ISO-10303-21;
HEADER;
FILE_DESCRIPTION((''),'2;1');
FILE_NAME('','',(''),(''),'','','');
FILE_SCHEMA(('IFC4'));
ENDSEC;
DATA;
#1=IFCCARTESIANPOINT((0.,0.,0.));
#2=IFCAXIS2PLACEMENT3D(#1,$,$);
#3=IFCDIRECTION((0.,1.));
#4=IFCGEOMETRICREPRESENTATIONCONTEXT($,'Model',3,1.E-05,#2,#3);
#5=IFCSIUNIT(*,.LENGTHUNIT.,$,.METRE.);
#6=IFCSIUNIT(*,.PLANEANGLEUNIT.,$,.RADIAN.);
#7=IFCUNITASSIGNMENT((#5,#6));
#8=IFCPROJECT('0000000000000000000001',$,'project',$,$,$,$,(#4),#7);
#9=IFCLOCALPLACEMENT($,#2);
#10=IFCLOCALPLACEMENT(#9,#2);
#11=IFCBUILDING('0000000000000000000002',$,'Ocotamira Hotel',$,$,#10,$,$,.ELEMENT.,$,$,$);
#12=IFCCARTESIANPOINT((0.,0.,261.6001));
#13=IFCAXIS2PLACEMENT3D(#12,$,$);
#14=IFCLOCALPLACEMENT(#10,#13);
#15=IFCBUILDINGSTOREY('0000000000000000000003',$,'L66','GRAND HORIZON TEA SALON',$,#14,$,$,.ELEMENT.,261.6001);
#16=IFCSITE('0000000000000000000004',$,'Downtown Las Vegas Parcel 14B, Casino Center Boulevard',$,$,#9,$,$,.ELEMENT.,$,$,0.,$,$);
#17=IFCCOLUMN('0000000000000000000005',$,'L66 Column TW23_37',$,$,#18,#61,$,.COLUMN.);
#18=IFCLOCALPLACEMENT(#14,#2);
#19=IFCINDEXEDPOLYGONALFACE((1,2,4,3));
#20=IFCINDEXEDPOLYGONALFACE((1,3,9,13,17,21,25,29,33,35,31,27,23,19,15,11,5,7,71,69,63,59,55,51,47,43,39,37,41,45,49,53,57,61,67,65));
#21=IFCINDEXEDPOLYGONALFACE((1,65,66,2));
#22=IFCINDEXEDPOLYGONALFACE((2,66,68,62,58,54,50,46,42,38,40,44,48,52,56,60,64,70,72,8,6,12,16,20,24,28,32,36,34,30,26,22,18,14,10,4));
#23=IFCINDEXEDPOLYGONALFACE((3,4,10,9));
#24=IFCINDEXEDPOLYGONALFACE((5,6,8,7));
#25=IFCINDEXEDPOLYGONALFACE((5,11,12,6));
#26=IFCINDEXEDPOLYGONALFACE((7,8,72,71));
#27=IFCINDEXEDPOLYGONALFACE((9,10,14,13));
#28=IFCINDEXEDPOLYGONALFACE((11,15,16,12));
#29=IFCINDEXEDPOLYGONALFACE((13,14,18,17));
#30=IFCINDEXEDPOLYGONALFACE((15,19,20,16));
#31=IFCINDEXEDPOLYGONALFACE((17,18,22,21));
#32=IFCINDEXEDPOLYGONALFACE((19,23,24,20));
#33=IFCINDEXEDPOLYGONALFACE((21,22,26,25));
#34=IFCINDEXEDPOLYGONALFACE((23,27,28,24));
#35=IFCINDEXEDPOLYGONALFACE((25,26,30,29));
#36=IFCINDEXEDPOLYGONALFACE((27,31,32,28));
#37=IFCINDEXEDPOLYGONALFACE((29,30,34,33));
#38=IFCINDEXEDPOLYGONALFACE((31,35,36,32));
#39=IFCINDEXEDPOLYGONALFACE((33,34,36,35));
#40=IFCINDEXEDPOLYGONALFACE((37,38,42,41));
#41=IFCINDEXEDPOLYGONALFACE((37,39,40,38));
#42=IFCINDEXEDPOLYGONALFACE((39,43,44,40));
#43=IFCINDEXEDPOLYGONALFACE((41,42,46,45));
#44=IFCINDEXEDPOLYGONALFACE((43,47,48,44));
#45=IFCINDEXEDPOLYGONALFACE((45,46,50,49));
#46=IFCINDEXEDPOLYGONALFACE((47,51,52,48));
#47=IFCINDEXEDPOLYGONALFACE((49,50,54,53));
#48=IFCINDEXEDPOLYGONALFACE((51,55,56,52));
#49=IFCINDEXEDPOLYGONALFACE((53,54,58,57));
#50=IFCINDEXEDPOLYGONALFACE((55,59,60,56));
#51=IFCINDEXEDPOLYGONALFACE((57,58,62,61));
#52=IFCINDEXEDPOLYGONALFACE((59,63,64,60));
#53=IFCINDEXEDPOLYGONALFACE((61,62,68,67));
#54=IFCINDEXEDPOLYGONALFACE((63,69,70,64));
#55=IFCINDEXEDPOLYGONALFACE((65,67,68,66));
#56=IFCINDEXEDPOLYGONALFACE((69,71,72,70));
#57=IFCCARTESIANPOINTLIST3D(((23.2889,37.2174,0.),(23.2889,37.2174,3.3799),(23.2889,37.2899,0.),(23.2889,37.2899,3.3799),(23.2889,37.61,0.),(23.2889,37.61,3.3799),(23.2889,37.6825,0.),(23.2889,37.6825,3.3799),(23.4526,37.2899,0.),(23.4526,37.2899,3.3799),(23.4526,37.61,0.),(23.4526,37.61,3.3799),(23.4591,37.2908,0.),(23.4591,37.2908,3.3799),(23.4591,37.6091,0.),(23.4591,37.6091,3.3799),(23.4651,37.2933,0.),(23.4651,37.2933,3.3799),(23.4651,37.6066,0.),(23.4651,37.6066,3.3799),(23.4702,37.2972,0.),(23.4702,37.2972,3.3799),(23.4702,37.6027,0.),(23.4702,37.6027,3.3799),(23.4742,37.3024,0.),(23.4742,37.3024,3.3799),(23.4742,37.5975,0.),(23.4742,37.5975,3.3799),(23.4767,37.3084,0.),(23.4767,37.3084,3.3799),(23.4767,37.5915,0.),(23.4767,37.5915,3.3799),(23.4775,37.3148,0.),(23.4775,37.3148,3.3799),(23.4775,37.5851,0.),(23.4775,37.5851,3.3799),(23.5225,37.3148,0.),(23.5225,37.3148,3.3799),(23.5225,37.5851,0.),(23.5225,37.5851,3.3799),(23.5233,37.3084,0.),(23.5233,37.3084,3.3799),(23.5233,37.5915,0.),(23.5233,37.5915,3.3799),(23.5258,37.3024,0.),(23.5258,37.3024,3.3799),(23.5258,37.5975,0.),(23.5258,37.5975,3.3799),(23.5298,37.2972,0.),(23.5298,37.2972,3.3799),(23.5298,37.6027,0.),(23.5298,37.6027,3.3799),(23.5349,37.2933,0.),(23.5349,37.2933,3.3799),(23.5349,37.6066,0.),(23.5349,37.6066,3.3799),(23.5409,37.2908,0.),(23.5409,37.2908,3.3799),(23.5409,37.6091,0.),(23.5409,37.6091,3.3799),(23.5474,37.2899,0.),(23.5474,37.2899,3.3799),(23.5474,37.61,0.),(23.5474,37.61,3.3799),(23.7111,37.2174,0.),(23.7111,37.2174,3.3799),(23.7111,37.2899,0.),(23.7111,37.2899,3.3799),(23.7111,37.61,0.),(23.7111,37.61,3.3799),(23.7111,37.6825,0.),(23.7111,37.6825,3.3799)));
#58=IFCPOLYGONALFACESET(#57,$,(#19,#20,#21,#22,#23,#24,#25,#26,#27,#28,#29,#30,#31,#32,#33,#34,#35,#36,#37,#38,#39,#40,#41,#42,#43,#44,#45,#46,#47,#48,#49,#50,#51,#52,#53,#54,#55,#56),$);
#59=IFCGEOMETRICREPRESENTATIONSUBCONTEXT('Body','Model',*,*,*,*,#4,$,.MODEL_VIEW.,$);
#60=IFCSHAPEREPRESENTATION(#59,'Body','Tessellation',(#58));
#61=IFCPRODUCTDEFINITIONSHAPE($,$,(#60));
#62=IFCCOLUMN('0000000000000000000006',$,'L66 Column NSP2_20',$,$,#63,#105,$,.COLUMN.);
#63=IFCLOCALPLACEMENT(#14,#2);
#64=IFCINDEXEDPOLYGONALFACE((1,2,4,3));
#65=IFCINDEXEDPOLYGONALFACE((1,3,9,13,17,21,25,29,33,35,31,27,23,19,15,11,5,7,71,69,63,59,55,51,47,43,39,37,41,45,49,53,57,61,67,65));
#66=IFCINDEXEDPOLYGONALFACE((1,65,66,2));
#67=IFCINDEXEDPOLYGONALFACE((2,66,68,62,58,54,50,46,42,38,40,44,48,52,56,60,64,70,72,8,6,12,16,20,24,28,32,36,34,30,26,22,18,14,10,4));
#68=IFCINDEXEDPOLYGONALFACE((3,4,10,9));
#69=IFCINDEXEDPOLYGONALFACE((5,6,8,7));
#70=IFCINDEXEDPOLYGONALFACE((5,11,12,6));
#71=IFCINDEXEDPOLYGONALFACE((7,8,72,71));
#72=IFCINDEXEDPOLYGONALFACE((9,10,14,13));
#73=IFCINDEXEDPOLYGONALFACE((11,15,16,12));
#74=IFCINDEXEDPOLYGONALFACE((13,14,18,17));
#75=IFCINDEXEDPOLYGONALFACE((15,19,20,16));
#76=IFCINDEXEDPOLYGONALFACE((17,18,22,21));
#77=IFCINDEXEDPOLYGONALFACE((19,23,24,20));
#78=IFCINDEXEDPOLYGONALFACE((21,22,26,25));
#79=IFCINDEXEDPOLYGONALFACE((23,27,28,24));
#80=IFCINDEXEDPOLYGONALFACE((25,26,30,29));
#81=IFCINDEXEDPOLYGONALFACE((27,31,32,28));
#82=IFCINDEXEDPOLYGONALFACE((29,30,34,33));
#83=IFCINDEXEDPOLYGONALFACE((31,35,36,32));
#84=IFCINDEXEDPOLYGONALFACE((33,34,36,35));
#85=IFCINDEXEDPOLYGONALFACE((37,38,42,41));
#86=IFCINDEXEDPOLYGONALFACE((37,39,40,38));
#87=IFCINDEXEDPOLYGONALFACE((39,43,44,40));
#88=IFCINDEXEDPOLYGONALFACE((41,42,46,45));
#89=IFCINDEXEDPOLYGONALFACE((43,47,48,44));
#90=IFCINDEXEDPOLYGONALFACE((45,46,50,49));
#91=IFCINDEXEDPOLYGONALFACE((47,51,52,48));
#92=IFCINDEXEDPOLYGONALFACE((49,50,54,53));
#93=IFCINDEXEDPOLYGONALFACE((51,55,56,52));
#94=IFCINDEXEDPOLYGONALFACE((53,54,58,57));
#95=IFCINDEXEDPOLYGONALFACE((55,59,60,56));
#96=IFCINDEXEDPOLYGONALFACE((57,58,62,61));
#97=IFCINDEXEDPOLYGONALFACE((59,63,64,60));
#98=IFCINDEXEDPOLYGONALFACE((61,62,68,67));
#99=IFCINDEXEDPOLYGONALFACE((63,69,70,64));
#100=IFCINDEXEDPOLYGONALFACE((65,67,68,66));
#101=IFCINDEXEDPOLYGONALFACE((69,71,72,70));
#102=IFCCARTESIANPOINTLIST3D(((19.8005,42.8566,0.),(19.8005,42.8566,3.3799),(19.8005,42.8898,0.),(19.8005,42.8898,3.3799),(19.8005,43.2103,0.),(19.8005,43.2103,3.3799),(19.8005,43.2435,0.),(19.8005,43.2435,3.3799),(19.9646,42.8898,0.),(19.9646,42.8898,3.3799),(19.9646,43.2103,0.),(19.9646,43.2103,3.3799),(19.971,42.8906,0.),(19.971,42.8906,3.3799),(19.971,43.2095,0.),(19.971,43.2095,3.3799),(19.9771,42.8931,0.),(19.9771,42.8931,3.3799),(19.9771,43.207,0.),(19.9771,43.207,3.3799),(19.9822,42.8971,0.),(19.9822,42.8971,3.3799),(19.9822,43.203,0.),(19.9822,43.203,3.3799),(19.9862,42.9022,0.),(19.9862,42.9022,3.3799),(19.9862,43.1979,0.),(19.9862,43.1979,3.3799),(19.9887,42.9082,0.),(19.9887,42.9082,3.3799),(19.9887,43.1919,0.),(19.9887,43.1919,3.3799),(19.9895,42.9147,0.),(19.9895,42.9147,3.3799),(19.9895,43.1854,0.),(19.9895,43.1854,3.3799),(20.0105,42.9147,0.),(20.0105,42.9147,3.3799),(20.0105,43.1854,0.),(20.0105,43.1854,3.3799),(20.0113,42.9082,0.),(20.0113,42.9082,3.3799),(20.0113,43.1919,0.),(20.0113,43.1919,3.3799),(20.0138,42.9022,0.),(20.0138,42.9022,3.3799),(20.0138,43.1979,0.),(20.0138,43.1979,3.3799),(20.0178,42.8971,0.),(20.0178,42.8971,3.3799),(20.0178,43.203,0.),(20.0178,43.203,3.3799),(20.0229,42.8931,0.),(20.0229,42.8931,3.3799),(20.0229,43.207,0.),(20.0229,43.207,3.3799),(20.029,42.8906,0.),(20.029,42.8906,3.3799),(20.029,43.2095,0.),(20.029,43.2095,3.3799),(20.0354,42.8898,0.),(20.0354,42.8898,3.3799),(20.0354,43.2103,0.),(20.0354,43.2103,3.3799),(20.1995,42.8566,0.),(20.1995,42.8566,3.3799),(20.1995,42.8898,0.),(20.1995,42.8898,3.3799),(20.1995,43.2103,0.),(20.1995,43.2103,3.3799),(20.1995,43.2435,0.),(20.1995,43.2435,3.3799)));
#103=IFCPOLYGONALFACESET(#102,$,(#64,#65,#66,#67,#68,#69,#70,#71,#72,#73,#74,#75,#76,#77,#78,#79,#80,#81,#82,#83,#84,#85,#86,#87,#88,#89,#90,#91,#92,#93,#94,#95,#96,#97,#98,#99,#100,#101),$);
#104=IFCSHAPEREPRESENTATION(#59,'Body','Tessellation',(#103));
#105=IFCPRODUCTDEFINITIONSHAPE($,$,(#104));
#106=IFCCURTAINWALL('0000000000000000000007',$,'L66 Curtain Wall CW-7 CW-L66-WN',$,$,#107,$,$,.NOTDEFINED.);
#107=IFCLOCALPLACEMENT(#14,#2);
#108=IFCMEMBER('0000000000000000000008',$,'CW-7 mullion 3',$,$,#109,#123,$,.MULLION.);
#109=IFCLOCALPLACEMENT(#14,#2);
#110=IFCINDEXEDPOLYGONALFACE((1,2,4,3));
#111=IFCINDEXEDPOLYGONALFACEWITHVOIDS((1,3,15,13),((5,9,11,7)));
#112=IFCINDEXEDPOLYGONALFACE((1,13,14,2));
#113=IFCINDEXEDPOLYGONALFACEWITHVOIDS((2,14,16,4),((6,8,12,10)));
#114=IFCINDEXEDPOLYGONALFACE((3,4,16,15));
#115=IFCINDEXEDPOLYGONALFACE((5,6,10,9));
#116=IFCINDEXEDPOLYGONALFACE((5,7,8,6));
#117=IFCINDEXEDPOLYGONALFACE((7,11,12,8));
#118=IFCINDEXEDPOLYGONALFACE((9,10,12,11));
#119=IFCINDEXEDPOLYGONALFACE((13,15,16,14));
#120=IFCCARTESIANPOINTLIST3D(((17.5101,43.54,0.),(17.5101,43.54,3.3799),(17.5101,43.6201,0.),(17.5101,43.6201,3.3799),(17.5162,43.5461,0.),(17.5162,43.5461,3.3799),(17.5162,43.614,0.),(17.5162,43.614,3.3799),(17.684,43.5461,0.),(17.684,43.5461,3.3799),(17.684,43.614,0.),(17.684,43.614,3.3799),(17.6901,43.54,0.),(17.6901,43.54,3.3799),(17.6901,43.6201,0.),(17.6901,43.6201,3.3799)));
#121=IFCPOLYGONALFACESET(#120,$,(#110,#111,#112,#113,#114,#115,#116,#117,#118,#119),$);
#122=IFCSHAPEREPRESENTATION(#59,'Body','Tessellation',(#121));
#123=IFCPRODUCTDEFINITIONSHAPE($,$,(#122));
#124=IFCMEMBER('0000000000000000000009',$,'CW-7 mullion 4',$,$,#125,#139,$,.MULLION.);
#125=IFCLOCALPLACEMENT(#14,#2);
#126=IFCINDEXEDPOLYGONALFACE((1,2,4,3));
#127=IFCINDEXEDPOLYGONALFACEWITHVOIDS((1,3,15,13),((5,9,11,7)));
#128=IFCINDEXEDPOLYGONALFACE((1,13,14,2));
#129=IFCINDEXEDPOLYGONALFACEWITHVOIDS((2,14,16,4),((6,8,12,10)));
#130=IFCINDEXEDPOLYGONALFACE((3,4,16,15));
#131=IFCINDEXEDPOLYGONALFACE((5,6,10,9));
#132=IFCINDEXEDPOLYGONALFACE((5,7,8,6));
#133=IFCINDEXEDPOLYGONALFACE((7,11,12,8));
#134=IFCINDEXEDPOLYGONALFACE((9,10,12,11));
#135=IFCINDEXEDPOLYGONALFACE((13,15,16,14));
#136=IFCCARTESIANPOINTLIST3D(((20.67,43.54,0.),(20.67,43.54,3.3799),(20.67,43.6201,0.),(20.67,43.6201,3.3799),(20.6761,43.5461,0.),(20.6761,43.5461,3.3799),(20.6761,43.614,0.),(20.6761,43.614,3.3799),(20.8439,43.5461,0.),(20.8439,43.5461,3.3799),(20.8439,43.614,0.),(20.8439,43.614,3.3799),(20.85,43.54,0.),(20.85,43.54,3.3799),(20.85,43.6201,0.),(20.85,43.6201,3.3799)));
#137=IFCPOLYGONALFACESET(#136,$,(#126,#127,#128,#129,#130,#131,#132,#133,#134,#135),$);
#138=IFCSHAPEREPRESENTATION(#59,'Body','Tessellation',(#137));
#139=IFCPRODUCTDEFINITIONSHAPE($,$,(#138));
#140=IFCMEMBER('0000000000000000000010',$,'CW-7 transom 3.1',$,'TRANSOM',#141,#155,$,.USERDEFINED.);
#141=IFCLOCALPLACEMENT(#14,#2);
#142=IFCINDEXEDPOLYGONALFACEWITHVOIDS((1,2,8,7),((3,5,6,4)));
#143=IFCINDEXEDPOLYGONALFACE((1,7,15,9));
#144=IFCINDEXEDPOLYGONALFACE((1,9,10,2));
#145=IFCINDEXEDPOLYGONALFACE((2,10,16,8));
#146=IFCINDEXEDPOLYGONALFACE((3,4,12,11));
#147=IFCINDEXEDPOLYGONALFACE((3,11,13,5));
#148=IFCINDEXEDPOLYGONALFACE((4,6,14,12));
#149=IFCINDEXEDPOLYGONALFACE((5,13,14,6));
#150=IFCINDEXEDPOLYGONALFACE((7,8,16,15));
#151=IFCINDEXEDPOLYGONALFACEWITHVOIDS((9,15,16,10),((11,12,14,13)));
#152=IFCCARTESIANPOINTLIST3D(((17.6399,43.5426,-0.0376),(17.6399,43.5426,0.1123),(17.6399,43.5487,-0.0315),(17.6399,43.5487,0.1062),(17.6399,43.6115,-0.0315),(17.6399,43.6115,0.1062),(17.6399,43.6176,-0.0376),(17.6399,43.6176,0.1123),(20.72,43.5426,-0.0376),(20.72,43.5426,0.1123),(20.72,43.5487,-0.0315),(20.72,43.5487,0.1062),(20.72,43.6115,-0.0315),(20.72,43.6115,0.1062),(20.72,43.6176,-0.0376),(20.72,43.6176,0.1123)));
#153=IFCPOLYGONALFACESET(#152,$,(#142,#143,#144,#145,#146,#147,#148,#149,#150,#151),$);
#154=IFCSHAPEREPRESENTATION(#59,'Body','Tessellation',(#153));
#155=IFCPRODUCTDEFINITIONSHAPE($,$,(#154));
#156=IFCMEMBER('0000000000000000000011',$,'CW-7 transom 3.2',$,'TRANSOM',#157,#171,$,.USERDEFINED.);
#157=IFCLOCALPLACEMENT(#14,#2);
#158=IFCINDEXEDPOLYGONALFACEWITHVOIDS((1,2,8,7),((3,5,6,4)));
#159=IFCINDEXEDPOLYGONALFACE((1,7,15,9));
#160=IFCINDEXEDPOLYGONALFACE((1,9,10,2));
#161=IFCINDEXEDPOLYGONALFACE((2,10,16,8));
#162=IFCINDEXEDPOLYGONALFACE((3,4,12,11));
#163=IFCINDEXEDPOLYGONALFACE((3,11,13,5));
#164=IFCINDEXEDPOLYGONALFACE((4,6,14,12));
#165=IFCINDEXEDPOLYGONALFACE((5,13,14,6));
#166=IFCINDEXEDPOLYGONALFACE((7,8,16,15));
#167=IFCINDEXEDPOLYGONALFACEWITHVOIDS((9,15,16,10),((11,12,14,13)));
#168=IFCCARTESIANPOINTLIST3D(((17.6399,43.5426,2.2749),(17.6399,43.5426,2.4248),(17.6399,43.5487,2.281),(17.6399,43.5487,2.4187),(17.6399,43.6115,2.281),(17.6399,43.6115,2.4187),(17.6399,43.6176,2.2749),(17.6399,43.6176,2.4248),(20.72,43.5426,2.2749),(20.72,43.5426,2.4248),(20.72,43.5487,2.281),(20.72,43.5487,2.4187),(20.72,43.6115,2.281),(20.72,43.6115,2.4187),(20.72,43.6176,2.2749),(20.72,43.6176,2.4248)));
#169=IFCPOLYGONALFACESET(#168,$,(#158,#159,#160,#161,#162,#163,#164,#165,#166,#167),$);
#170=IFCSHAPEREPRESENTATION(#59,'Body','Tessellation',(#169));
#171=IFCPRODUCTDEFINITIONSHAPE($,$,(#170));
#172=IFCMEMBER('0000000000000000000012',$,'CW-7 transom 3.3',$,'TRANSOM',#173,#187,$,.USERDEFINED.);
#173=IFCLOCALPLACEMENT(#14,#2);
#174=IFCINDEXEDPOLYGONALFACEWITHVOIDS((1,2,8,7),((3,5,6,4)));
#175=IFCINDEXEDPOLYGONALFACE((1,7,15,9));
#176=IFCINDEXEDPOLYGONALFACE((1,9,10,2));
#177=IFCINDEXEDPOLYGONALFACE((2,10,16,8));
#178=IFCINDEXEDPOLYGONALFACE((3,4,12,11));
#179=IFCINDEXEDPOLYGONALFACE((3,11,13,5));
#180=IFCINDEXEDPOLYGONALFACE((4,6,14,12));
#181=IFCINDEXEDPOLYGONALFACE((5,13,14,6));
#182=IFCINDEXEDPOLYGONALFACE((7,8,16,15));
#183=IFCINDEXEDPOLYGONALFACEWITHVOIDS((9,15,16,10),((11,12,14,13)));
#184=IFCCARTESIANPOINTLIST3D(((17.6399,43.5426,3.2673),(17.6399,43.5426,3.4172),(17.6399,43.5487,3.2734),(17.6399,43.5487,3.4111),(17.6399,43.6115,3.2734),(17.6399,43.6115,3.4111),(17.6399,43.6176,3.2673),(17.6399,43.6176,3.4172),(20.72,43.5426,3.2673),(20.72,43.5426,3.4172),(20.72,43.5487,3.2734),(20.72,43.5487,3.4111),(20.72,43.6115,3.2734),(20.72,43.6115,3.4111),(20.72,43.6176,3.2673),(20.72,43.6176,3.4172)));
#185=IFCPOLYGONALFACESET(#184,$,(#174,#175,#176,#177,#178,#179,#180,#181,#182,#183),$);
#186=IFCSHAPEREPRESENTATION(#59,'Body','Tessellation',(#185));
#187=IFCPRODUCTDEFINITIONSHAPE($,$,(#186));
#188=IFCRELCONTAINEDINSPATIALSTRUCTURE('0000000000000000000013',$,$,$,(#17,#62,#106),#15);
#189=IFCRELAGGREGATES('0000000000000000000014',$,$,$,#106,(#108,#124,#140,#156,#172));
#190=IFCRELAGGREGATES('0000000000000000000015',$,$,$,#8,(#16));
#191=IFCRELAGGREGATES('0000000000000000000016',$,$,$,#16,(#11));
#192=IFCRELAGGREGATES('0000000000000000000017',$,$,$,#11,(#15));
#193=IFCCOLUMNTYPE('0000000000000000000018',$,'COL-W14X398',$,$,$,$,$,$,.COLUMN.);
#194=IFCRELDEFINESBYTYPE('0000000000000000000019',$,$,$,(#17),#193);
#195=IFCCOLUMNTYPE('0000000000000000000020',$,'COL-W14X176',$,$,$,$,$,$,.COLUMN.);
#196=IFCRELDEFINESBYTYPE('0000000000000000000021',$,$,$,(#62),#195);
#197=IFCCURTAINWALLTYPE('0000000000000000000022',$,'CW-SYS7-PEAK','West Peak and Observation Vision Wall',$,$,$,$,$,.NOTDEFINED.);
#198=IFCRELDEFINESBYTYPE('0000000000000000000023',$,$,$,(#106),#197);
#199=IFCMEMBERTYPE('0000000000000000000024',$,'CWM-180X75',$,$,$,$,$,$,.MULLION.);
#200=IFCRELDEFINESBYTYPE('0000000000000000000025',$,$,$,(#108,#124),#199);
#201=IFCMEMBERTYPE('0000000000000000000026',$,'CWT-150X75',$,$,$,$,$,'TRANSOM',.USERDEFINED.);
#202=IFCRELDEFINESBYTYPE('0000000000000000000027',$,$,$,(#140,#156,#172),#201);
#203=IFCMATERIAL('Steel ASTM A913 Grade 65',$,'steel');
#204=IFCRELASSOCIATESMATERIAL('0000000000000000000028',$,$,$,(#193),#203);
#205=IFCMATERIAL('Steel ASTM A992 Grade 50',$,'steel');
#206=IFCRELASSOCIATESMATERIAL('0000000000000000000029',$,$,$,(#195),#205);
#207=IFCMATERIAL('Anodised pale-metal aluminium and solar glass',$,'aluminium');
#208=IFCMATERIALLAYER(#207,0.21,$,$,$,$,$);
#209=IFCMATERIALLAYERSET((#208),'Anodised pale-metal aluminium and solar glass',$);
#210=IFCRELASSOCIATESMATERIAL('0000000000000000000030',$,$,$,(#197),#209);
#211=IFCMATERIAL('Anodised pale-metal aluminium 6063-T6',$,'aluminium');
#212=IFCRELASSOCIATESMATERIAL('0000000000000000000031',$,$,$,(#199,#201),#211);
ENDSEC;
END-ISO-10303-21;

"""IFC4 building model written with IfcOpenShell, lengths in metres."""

from ifc_helpers import new_model, si_unit, direction, frame, origin, origin_2d, place, context, subcontext, project, spatial, hollow_rectangle, i_section, extrude, source, transform, mapped, material, layer, layer_set, material_profile, profile_set, type_object, element, aggregate, save


model = new_model("IFC4")

# Units and contexts
model_context = context("Model", 3, precision=1e-05, world=origin(), true_north=direction((0.0, 1.0)))
body_context = subcontext(model_context, "Body", "Model", "MODEL_VIEW")
ifc_project = project(units=[si_unit("LENGTHUNIT", "METRE"), si_unit("PLANEANGLEUNIT", "RADIAN")], contexts=[model_context])

# Site, building, storey
site_placement = place(None, origin())
site = spatial("IfcSite", under=ifc_project, at=site_placement, Name="Downtown Las Vegas Parcel 14B, Casino Center Boulevard", CompositionType="ELEMENT", RefElevation=0.0)
building_placement = place(site_placement, origin())
building = spatial("IfcBuilding", under=site, at=building_placement, Name="Ocotamira Hotel", CompositionType="ELEMENT")
storey_placement = place(building_placement, frame((0.0, 0.0, 261.6001)))
storey = spatial("IfcBuildingStorey", under=building, at=storey_placement, Name="L66", Description="GRAND HORIZON TEA SALON", CompositionType="ELEMENT", Elevation=261.6001)

# Columns
ifc_material_1 = material(Name="Steel ASTM A913 Grade 65", Category="steel")
ifc_material_profile_1 = material_profile(ifc_material_1, i_section(OverallWidth=0.4221, OverallDepth=0.4651, WebThickness=0.0449, FlangeThickness=0.0725, FilletRadius=0.0249, at=origin_2d()), Name="W14X398")
ifc_profile_set_1 = profile_set([ifc_material_profile_1], Name="Steel ASTM A913 Grade 65")
column_type_1 = type_object("IfcColumnType", Name="COL-W14X398", PredefinedType="COLUMN", material=ifc_profile_set_1)
shared_shape_1 = source(origin(), body_context, "Body", "SweptSolid", [
    extrude(i_section(OverallWidth=0.4221, OverallDepth=0.4651, WebThickness=0.0449, FlangeThickness=0.0725, FilletRadius=0.0249, at=origin_2d()), origin(), (0.0, 0.0, 1.0), 3.3799),
])
column_1_placement = place(storey_placement, frame((23.5, 37.45, 0.0), z_axis=(0.0, 0.0, 1.0), x_axis=(1.0, 0.0, 0.0)))
element("IfcColumn", 1, at=column_1_placement, inside=storey, type_object=column_type_1, Name="L66 Column TW23_37", PredefinedType="COLUMN", context=body_context, shape_type="MappedRepresentation", body=[
    mapped(shared_shape_1, transform((0.0, 0.0, 0.0), scale=1.0)),
])
ifc_material_2 = material(Name="Steel ASTM A992 Grade 50", Category="steel")
ifc_material_profile_2 = material_profile(ifc_material_2, i_section(OverallWidth=0.3989, OverallDepth=0.387, WebThickness=0.021, FlangeThickness=0.0332, FilletRadius=0.0249, at=origin_2d()), Name="W14X176")
ifc_profile_set_2 = profile_set([ifc_material_profile_2], Name="Steel ASTM A992 Grade 50")
column_type_2 = type_object("IfcColumnType", Name="COL-W14X176", PredefinedType="COLUMN", material=ifc_profile_set_2)
shared_shape_2 = source(origin(), body_context, "Body", "SweptSolid", [
    extrude(i_section(OverallWidth=0.3989, OverallDepth=0.387, WebThickness=0.021, FlangeThickness=0.0332, FilletRadius=0.0249, at=origin_2d()), origin(), (0.0, 0.0, 1.0), 3.3799),
])
column_2_placement = place(storey_placement, frame((20.0, 43.05, 0.0), z_axis=(0.0, 0.0, 1.0), x_axis=(1.0, 0.0, 0.0)))
element("IfcColumn", 2, at=column_2_placement, inside=storey, type_object=column_type_2, Name="L66 Column NSP2_20", PredefinedType="COLUMN", context=body_context, shape_type="MappedRepresentation", body=[
    mapped(shared_shape_2, transform((0.0, 0.0, 0.0), scale=1.0)),
])

# Curtain wall, members
ifc_material_3 = material(Name="Anodised pale-metal aluminium and solar glass", Category="aluminium")
ifc_layer_1 = layer(ifc_material_3, 0.21)
ifc_layer_set_1 = layer_set([ifc_layer_1], Name="Anodised pale-metal aluminium and solar glass")
curtain_wall_type = type_object("IfcCurtainWallType", Name="CW-SYS7-PEAK", Description="West Peak and Observation Vision Wall", PredefinedType="NOTDEFINED", material=ifc_layer_set_1)
curtain_wall_placement = place(storey_placement, origin())
curtain_wall = element("IfcCurtainWall", 3, at=curtain_wall_placement, inside=storey, type_object=curtain_wall_type, Name="L66 Curtain Wall CW-7 CW-L66-WN", PredefinedType="NOTDEFINED")
ifc_material_4 = material(Name="Anodised pale-metal aluminium 6063-T6", Category="aluminium")
ifc_material_profile_3 = material_profile(ifc_material_4, hollow_rectangle(XDim=0.0801, YDim=0.1799, WallThickness=0.0061, at=origin_2d()), Name="HSS180X80X6")
ifc_profile_set_3 = profile_set([ifc_material_profile_3], Name="Anodised pale-metal aluminium 6063-T6")
member_type_1 = type_object("IfcMemberType", Name="CWM-180X75", PredefinedType="MULLION", material=ifc_profile_set_3)
shared_shape_3 = source(origin(), body_context, "Body", "SweptSolid", [
    extrude(hollow_rectangle(XDim=0.0801, YDim=0.1799, WallThickness=0.0061, at=origin_2d()), origin(), (0.0, 0.0, 1.0), 3.3799),
])
member_1_placement = place(storey_placement, frame((17.6001, 43.5801, 0.0), z_axis=(0.0, 0.0, 1.0), x_axis=(0.0, 1.0, 0.0)))
member_1 = element("IfcMember", 4, at=member_1_placement, type_object=member_type_1, Name="CW-7 mullion 3", PredefinedType="MULLION", context=body_context, shape_type="MappedRepresentation", body=[
    mapped(shared_shape_3, transform((0.0, 0.0, 0.0), scale=1.0)),
])
member_2_placement = place(storey_placement, frame((20.76, 43.5801, 0.0), z_axis=(0.0, 0.0, 1.0), x_axis=(0.0, 1.0, 0.0)))
member_2 = element("IfcMember", 5, at=member_2_placement, type_object=member_type_1, Name="CW-7 mullion 4", PredefinedType="MULLION", context=body_context, shape_type="MappedRepresentation", body=[
    mapped(shared_shape_3, transform((0.0, 0.0, 0.0), scale=1.0)),
])
ifc_material_profile_4 = material_profile(ifc_material_4, hollow_rectangle(XDim=0.075, YDim=0.1499, WallThickness=0.0061, at=origin_2d()), Name="HSS150X75X6")
ifc_profile_set_4 = profile_set([ifc_material_profile_4], Name="Anodised pale-metal aluminium 6063-T6")
member_type_2 = type_object("IfcMemberType", Name="CWT-150X75", ElementType="TRANSOM", PredefinedType="USERDEFINED", material=ifc_profile_set_4)
shared_shape_4 = source(origin(), body_context, "Body", "SweptSolid", [
    extrude(hollow_rectangle(XDim=0.075, YDim=0.1499, WallThickness=0.0061, at=origin_2d()), origin(), (0.0, 0.0, 1.0), 3.0801),
])
member_3_placement = place(storey_placement, frame((17.6399, 43.5801, 0.0374), z_axis=(1.0, 0.0, 0.0), x_axis=(0.0, 1.0, 0.0)))
member_3 = element("IfcMember", 6, at=member_3_placement, type_object=member_type_2, Name="CW-7 transom 3.1", ObjectType="TRANSOM", PredefinedType="USERDEFINED", context=body_context, shape_type="MappedRepresentation", body=[
    mapped(shared_shape_4, transform((0.0, 0.0, 0.0), scale=1.0)),
])
member_4_placement = place(storey_placement, frame((17.6399, 43.5801, 2.3499), z_axis=(1.0, 0.0, 0.0), x_axis=(0.0, 1.0, 0.0)))
member_4 = element("IfcMember", 7, at=member_4_placement, type_object=member_type_2, Name="CW-7 transom 3.2", ObjectType="TRANSOM", PredefinedType="USERDEFINED", context=body_context, shape_type="MappedRepresentation", body=[
    mapped(shared_shape_4, transform((0.0, 0.0, 0.0), scale=1.0)),
])
member_5_placement = place(storey_placement, frame((17.6399, 43.5801, 3.3423), z_axis=(1.0, 0.0, 0.0), x_axis=(0.0, 1.0, 0.0)))
member_5 = element("IfcMember", 8, at=member_5_placement, type_object=member_type_2, Name="CW-7 transom 3.3", ObjectType="TRANSOM", PredefinedType="USERDEFINED", context=body_context, shape_type="MappedRepresentation", body=[
    mapped(shared_shape_4, transform((0.0, 0.0, 0.0), scale=1.0)),
])
aggregate(curtain_wall, [member_1, member_2, member_3, member_4, member_5])

save(model, "model.ifc")
